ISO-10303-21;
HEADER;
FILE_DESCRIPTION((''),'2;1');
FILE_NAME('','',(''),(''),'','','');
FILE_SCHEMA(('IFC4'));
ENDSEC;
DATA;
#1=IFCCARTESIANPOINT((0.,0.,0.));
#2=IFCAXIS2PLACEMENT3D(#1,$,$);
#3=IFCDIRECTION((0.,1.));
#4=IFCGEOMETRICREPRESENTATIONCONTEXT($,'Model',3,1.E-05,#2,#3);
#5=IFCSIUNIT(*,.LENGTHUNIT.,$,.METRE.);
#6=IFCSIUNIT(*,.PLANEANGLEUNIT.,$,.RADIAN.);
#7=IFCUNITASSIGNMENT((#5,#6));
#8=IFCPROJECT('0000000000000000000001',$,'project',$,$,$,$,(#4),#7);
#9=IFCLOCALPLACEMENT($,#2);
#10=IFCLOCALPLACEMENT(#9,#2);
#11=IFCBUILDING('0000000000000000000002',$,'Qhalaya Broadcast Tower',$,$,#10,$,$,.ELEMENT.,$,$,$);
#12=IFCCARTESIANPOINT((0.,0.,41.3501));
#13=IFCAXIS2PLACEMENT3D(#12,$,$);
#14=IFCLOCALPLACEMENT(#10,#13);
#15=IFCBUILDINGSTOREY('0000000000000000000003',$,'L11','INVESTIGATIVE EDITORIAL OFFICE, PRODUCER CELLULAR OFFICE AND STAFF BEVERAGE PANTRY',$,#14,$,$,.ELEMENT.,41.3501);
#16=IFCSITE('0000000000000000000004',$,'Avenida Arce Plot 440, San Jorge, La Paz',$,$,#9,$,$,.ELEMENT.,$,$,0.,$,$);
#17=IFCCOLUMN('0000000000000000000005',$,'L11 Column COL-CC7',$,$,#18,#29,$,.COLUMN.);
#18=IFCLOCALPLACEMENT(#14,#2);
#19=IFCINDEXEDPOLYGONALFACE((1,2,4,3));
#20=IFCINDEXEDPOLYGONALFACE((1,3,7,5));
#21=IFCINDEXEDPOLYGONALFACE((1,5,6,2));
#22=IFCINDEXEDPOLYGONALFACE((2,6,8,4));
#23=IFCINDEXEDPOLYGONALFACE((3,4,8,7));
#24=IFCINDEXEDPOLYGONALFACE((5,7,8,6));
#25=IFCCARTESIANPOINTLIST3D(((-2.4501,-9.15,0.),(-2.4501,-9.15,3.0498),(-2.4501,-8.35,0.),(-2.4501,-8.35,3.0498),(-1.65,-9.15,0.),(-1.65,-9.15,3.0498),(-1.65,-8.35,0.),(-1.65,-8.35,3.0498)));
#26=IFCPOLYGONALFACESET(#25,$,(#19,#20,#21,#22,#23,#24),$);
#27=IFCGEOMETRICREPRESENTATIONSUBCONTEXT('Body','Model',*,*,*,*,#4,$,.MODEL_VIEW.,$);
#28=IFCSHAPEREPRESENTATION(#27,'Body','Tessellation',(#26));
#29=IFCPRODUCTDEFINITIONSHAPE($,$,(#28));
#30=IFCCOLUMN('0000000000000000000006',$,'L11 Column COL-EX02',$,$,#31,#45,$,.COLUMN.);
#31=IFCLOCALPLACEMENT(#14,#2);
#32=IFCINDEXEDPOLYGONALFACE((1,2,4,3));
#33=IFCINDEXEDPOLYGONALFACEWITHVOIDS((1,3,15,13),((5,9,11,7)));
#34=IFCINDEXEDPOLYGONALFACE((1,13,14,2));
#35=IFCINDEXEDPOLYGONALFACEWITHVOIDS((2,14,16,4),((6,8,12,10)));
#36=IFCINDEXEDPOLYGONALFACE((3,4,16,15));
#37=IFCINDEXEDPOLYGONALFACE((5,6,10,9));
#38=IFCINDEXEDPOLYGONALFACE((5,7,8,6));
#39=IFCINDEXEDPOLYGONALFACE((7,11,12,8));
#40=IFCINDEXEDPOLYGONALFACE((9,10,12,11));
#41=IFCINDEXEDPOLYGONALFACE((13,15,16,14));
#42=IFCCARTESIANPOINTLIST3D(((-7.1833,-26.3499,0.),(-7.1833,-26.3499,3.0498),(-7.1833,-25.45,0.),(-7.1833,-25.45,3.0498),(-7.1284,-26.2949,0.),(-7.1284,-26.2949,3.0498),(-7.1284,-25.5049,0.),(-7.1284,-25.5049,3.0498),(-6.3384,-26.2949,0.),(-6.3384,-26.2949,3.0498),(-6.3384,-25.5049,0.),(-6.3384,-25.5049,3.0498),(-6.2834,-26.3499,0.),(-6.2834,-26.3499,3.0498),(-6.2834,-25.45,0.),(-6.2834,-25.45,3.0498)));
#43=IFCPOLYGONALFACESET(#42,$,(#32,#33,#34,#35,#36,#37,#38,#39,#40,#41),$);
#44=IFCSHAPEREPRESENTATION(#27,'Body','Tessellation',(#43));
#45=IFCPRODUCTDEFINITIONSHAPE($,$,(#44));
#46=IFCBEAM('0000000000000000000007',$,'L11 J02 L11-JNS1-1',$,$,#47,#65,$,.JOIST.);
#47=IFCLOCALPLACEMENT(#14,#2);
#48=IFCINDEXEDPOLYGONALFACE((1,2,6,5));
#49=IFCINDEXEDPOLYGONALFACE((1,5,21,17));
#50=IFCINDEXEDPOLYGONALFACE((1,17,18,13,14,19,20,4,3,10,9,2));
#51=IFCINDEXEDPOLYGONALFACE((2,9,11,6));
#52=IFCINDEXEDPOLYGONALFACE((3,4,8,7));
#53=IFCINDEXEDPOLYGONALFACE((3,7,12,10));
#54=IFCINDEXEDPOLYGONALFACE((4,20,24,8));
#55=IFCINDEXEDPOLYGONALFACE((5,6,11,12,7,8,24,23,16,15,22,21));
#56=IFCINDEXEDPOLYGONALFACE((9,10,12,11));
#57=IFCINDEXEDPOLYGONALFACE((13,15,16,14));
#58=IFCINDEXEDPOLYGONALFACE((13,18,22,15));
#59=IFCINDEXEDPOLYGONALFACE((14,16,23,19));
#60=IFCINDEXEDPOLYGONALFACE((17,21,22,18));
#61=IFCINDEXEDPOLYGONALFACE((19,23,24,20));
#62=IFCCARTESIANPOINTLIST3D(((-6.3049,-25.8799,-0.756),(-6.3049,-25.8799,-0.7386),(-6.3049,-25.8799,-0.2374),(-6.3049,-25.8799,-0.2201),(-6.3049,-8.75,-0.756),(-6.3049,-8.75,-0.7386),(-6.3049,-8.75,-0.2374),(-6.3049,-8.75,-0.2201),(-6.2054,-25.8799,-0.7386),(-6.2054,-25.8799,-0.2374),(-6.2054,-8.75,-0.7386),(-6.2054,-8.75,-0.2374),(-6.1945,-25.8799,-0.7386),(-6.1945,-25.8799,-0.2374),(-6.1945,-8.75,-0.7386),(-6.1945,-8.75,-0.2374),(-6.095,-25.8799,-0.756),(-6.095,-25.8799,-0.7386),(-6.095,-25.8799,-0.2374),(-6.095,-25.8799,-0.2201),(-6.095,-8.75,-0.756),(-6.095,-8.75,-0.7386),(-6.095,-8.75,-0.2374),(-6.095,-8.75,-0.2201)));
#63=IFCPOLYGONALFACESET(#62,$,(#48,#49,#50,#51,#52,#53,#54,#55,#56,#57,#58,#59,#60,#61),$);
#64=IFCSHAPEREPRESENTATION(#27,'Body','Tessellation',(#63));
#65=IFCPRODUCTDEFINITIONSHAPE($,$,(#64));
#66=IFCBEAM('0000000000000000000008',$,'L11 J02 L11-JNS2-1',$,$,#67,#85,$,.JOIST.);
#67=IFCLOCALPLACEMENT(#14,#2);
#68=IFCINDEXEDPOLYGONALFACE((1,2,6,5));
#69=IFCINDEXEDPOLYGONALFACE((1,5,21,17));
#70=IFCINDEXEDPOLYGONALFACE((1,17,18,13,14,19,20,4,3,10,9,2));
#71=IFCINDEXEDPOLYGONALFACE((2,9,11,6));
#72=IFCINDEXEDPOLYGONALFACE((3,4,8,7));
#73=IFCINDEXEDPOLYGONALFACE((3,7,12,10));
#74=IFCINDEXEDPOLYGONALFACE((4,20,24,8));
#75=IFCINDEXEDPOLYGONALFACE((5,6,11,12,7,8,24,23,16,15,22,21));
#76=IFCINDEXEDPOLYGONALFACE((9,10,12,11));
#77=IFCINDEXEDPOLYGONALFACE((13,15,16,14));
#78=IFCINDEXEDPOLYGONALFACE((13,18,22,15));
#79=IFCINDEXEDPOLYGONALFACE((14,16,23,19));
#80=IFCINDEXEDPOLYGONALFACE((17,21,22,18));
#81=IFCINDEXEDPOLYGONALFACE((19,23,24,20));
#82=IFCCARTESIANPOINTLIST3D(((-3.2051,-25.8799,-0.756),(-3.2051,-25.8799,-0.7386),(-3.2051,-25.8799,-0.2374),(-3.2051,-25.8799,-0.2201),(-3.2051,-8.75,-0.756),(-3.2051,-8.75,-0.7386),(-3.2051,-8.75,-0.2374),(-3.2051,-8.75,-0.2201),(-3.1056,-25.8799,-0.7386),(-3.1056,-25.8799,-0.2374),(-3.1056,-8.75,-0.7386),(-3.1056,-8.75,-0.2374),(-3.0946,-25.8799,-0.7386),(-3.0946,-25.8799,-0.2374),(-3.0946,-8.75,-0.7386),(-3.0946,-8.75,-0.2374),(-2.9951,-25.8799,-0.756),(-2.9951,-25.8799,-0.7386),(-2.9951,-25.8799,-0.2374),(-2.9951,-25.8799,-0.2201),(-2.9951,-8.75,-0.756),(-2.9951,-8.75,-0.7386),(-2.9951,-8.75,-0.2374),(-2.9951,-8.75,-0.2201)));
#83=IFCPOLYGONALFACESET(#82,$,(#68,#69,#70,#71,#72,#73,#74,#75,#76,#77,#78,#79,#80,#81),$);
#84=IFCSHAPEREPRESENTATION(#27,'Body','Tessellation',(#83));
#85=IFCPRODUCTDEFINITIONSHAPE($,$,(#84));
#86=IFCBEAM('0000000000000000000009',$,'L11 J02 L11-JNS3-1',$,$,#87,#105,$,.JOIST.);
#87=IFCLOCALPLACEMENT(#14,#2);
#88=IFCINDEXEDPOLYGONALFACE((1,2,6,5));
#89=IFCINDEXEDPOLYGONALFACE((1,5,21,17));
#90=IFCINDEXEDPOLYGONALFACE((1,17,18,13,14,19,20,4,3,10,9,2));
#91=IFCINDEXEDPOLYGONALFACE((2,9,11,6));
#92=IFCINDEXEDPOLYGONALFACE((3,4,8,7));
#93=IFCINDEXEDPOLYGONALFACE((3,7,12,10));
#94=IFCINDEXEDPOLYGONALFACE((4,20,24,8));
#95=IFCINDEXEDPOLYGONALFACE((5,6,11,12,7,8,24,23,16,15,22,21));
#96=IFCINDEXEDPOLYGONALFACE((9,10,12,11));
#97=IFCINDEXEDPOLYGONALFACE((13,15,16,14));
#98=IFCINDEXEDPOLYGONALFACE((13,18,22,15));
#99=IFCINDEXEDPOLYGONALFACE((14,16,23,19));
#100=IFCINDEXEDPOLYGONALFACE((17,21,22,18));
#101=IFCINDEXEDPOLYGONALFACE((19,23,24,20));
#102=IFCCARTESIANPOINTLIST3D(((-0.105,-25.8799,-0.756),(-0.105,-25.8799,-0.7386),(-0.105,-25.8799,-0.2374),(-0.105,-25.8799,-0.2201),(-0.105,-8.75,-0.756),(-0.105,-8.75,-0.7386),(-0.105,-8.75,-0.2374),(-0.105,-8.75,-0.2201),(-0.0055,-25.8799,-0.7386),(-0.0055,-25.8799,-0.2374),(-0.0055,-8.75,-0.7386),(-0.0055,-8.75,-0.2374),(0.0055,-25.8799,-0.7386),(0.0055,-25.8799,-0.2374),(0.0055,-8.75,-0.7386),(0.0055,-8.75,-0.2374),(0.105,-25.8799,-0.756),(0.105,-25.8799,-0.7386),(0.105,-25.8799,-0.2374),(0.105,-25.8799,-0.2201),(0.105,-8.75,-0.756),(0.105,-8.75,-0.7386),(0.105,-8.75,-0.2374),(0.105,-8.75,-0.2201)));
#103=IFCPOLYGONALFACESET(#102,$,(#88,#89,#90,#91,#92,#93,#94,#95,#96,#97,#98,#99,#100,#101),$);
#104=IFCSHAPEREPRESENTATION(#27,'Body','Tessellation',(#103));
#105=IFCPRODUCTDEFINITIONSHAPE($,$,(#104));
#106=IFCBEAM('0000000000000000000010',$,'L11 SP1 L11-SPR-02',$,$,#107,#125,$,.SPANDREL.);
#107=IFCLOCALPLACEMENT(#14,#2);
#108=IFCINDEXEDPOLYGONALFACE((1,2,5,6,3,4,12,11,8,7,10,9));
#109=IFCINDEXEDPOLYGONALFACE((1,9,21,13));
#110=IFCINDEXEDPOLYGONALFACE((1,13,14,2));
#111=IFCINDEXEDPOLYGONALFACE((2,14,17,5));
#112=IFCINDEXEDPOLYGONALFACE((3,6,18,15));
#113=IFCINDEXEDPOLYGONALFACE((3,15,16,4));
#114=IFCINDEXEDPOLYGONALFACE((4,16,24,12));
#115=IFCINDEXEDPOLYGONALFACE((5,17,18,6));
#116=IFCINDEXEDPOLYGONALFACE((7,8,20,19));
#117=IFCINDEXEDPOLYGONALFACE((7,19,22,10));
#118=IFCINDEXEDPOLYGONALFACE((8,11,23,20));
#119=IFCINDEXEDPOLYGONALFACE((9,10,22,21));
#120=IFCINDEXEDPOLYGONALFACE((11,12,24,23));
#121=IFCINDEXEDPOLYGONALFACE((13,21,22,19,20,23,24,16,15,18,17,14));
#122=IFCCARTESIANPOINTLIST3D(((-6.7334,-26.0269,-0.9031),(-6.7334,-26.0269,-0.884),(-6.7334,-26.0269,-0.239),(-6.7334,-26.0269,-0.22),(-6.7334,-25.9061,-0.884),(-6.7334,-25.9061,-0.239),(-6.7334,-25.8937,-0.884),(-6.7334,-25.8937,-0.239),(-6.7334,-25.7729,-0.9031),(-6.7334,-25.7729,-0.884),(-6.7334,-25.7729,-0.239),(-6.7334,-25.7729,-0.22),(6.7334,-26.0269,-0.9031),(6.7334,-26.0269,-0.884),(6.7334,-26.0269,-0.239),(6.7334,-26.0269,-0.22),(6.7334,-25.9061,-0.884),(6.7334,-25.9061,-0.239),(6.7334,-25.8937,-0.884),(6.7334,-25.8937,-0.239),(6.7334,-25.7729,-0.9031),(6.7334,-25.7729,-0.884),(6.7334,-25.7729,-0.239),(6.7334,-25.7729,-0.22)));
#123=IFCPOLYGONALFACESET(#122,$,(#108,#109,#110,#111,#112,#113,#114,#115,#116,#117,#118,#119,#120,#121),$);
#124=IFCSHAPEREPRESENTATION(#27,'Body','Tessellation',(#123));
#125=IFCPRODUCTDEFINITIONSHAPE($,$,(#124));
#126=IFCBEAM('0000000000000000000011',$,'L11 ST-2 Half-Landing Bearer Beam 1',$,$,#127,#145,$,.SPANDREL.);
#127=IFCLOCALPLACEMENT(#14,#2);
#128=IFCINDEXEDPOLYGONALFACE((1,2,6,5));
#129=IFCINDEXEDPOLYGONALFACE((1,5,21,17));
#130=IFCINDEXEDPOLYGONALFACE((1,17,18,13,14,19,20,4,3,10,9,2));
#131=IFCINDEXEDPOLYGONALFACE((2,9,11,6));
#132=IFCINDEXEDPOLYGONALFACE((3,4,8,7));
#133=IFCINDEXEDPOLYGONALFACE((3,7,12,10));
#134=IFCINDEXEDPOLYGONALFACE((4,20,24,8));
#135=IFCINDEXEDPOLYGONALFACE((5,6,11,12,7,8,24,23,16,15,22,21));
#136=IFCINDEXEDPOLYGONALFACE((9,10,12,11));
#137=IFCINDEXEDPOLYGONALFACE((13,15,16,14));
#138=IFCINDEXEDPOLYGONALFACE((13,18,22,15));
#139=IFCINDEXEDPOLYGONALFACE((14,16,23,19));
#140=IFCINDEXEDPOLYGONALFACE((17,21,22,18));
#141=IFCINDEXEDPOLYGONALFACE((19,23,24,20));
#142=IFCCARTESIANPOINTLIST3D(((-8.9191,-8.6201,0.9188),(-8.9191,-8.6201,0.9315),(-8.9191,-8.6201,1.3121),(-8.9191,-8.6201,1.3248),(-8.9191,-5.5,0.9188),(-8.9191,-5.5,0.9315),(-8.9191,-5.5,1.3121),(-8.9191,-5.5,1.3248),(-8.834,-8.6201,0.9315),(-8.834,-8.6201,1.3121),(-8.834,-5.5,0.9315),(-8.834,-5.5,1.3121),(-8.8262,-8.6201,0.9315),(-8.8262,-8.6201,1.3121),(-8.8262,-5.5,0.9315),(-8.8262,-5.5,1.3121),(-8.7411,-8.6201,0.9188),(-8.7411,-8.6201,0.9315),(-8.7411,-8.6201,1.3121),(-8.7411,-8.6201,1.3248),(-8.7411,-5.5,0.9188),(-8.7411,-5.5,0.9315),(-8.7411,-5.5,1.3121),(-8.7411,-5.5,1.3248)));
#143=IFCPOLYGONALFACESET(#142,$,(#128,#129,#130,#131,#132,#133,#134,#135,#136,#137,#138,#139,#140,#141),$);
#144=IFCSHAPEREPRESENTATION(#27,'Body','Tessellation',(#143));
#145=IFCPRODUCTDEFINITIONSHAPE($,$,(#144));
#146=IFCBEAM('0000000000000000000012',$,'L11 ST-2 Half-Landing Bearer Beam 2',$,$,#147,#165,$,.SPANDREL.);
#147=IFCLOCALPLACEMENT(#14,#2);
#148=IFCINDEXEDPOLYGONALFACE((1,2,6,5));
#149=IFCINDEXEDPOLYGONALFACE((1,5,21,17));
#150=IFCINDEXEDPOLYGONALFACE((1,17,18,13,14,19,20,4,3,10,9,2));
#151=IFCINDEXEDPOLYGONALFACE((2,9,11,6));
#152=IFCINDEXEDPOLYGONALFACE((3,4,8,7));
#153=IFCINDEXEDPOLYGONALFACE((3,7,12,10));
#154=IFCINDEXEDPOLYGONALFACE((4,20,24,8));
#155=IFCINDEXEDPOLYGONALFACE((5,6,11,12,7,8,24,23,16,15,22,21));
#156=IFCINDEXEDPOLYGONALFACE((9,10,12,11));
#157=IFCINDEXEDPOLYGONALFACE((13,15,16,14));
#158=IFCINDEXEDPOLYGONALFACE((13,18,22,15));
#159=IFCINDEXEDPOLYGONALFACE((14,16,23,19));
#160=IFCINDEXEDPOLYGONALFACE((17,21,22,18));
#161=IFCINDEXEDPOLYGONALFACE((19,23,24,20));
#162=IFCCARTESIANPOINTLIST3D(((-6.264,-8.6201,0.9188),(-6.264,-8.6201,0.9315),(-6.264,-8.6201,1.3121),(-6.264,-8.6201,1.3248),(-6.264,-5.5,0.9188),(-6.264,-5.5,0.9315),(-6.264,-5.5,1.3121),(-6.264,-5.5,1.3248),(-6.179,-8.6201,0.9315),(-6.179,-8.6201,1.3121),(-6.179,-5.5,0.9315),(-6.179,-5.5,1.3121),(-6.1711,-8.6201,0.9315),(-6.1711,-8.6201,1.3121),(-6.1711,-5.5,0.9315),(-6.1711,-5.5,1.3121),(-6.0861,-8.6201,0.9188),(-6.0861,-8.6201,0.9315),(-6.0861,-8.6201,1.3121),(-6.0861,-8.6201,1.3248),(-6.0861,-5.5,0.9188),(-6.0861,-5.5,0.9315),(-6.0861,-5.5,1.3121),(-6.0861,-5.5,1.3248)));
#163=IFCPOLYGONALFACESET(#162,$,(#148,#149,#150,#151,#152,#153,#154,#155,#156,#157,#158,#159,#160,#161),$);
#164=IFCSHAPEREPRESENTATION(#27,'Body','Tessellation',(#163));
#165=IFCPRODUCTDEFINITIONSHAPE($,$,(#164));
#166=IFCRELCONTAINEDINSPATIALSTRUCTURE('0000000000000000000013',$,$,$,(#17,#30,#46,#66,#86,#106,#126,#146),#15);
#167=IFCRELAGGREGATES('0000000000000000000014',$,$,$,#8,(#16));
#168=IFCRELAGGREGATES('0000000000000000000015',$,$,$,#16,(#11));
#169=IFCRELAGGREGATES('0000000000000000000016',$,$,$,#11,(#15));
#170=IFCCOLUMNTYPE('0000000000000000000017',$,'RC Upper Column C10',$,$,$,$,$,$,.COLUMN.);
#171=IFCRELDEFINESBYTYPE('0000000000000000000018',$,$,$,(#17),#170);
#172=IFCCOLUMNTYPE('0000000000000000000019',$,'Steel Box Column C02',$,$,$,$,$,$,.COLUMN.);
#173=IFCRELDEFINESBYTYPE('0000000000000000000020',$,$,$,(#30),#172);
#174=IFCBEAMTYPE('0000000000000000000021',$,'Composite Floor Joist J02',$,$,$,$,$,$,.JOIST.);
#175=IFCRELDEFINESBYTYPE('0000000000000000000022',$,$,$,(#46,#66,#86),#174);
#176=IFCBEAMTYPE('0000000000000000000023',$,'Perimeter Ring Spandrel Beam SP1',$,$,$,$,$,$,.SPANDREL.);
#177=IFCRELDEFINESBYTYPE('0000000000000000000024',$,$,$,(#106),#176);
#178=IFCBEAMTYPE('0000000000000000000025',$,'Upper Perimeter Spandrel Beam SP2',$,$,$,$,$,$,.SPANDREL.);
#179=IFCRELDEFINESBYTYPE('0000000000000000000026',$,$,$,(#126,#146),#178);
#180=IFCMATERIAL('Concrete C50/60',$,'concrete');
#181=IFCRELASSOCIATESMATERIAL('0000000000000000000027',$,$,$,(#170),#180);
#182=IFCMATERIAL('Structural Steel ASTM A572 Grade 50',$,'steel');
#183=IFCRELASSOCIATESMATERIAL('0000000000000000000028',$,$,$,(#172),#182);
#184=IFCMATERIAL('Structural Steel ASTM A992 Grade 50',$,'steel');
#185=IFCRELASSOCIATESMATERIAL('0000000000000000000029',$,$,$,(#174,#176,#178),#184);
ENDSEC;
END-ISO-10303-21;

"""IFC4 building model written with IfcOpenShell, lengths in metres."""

from ifc_helpers import new_model, si_unit, direction, frame, origin, origin_2d, place, context, subcontext, project, spatial, rectangle, hollow_rectangle, i_section, extrude, material, material_profile, profile_set, type_object, element, save


model = new_model("IFC4")

# Units and contexts
model_context = context("Model", 3, precision=1e-05, world=origin(), true_north=direction((0.0, 1.0)))
body_context = subcontext(model_context, "Body", "Model", "MODEL_VIEW")
ifc_project = project(units=[si_unit("LENGTHUNIT", "METRE"), si_unit("PLANEANGLEUNIT", "RADIAN")], contexts=[model_context])

# Site, building, storey
site_placement = place(None, origin())
site = spatial("IfcSite", under=ifc_project, at=site_placement, Name="Avenida Arce Plot 440, San Jorge, La Paz", CompositionType="ELEMENT", RefElevation=0.0)
building_placement = place(site_placement, origin())
building = spatial("IfcBuilding", under=site, at=building_placement, Name="Qhalaya Broadcast Tower", CompositionType="ELEMENT")
storey_placement = place(building_placement, frame((0.0, 0.0, 41.3501)))
storey = spatial("IfcBuildingStorey", under=building, at=storey_placement, Name="L11", Description="INVESTIGATIVE EDITORIAL OFFICE, PRODUCER CELLULAR OFFICE AND STAFF BEVERAGE PANTRY", CompositionType="ELEMENT", Elevation=41.3501)

# Columns
ifc_material_1 = material(Name="Concrete C50/60", Category="concrete")
ifc_material_profile_1 = material_profile(ifc_material_1, rectangle(XDim=0.8, YDim=0.8, at=origin_2d()), Name="RC-COL 800x800")
ifc_profile_set_1 = profile_set([ifc_material_profile_1], Name="Concrete C50/60")
column_type_1 = type_object("IfcColumnType", Name="RC Upper Column C10", PredefinedType="COLUMN", material=ifc_profile_set_1)
column_1_placement = place(storey_placement, frame((-2.05, -8.75, 0.0), z_axis=(0.0, 0.0, 1.0), x_axis=(1.0, 0.0, 0.0)))
element("IfcColumn", 1, at=column_1_placement, inside=storey, type_object=column_type_1, Name="L11 Column COL-CC7", PredefinedType="COLUMN", context=body_context, shape_type="SweptSolid", body=[
    extrude(rectangle(XDim=0.8, YDim=0.8, at=origin_2d()), origin(), (0.0, 0.0, 1.0), 3.0498),
])
ifc_material_2 = material(Name="Structural Steel ASTM A572 Grade 50", Category="steel")
ifc_material_profile_2 = material_profile(ifc_material_2, hollow_rectangle(XDim=0.8999, YDim=0.8999, WallThickness=0.0549, at=origin_2d()), Name="BOX 900x900x55")
ifc_profile_set_2 = profile_set([ifc_material_profile_2], Name="Structural Steel ASTM A572 Grade 50")
column_type_2 = type_object("IfcColumnType", Name="Steel Box Column C02", PredefinedType="COLUMN", material=ifc_profile_set_2)
column_2_placement = place(storey_placement, frame((-6.7334, -25.8999, 0.0), z_axis=(0.0, 0.0, 1.0), x_axis=(1.0, 0.0, 0.0)))
element("IfcColumn", 2, at=column_2_placement, inside=storey, type_object=column_type_2, Name="L11 Column COL-EX02", PredefinedType="COLUMN", context=body_context, shape_type="SweptSolid", body=[
    extrude(hollow_rectangle(XDim=0.8999, YDim=0.8999, WallThickness=0.0549, at=origin_2d()), origin(), (0.0, 0.0, 1.0), 3.0498),
])

# Beams
ifc_material_3 = material(Name="Structural Steel ASTM A992 Grade 50", Category="steel")
ifc_material_profile_3 = material_profile(ifc_material_3, i_section(OverallWidth=0.21, OverallDepth=0.5359, WebThickness=0.011, FlangeThickness=0.0173, at=origin_2d()), Name="W21X68")
ifc_profile_set_3 = profile_set([ifc_material_profile_3], Name="Structural Steel ASTM A992 Grade 50")
beam_type_1 = type_object("IfcBeamType", Name="Composite Floor Joist J02", PredefinedType="JOIST", material=ifc_profile_set_3)
for number, where, z_axis, x_axis, name in (
    (3, (-6.2, -25.8799, -0.488), (0.0, 1.0, 0.0), (-1.0, 0.0, 0.0), "L11 J02 L11-JNS1-1"),
    (4, (-3.1001, -25.8799, -0.488), (0.0, 1.0, 0.0), (-1.0, 0.0, 0.0), "L11 J02 L11-JNS2-1"),
    (5, (0.0, -25.8799, -0.488), (0.0, 1.0, 0.0), (-1.0, 0.0, 0.0), "L11 J02 L11-JNS3-1"),
):
    element("IfcBeam", number, at=place(storey_placement, frame(where, z_axis=z_axis, x_axis=x_axis)), inside=storey, type_object=beam_type_1, Name=name, PredefinedType="JOIST", context=body_context, shape_type="SweptSolid", body=[
        extrude(i_section(OverallWidth=0.21, OverallDepth=0.5359, WebThickness=0.011, FlangeThickness=0.0173, at=origin_2d()), origin(), (0.0, 0.0, 1.0), 17.1299),
    ])
ifc_material_profile_4 = material_profile(ifc_material_3, i_section(OverallWidth=0.2539, OverallDepth=0.6831, WebThickness=0.0125, FlangeThickness=0.019, at=origin_2d()), Name="W27X94")
ifc_profile_set_4 = profile_set([ifc_material_profile_4], Name="Structural Steel ASTM A992 Grade 50")
beam_type_2 = type_object("IfcBeamType", Name="Perimeter Ring Spandrel Beam SP1", PredefinedType="SPANDREL", material=ifc_profile_set_4)
beam_placement = place(storey_placement, frame((-6.7334, -25.8999, -0.5615), z_axis=(1.0, 0.0, 0.0), x_axis=(0.0, 1.0, 0.0)))
element("IfcBeam", 6, at=beam_placement, inside=storey, type_object=beam_type_2, Name="L11 SP1 L11-SPR-02", PredefinedType="SPANDREL", context=body_context, shape_type="SweptSolid", body=[
    extrude(i_section(OverallWidth=0.2539, OverallDepth=0.6831, WebThickness=0.0125, FlangeThickness=0.019, at=origin_2d()), origin(), (0.0, 0.0, 1.0), 13.4668),
])
ifc_material_profile_5 = material_profile(ifc_material_3, i_section(OverallWidth=0.178, OverallDepth=0.406, WebThickness=0.0078, FlangeThickness=0.0127, at=origin_2d()), Name="W16X40")
ifc_profile_set_5 = profile_set([ifc_material_profile_5], Name="Structural Steel ASTM A992 Grade 50")
beam_type_3 = type_object("IfcBeamType", Name="Upper Perimeter Spandrel Beam SP2", PredefinedType="SPANDREL", material=ifc_profile_set_5)
for number, where, z_axis, x_axis, name in (
    (7, (-8.8301, -8.6201, 1.1218), (0.0, 1.0, 0.0), (-1.0, 0.0, 0.0), "L11 ST-2 Half-Landing Bearer Beam 1"),
    (8, (-6.175, -8.6201, 1.1218), (0.0, 1.0, 0.0), (-1.0, 0.0, 0.0), "L11 ST-2 Half-Landing Bearer Beam 2"),
):
    element("IfcBeam", number, at=place(storey_placement, frame(where, z_axis=z_axis, x_axis=x_axis)), inside=storey, type_object=beam_type_3, Name=name, PredefinedType="SPANDREL", context=body_context, shape_type="SweptSolid", body=[
        extrude(i_section(OverallWidth=0.178, OverallDepth=0.406, WebThickness=0.0078, FlangeThickness=0.0127, at=origin_2d()), origin(), (0.0, 0.0, 1.0), 3.1201),
    ])

save(model, "model.ifc")
